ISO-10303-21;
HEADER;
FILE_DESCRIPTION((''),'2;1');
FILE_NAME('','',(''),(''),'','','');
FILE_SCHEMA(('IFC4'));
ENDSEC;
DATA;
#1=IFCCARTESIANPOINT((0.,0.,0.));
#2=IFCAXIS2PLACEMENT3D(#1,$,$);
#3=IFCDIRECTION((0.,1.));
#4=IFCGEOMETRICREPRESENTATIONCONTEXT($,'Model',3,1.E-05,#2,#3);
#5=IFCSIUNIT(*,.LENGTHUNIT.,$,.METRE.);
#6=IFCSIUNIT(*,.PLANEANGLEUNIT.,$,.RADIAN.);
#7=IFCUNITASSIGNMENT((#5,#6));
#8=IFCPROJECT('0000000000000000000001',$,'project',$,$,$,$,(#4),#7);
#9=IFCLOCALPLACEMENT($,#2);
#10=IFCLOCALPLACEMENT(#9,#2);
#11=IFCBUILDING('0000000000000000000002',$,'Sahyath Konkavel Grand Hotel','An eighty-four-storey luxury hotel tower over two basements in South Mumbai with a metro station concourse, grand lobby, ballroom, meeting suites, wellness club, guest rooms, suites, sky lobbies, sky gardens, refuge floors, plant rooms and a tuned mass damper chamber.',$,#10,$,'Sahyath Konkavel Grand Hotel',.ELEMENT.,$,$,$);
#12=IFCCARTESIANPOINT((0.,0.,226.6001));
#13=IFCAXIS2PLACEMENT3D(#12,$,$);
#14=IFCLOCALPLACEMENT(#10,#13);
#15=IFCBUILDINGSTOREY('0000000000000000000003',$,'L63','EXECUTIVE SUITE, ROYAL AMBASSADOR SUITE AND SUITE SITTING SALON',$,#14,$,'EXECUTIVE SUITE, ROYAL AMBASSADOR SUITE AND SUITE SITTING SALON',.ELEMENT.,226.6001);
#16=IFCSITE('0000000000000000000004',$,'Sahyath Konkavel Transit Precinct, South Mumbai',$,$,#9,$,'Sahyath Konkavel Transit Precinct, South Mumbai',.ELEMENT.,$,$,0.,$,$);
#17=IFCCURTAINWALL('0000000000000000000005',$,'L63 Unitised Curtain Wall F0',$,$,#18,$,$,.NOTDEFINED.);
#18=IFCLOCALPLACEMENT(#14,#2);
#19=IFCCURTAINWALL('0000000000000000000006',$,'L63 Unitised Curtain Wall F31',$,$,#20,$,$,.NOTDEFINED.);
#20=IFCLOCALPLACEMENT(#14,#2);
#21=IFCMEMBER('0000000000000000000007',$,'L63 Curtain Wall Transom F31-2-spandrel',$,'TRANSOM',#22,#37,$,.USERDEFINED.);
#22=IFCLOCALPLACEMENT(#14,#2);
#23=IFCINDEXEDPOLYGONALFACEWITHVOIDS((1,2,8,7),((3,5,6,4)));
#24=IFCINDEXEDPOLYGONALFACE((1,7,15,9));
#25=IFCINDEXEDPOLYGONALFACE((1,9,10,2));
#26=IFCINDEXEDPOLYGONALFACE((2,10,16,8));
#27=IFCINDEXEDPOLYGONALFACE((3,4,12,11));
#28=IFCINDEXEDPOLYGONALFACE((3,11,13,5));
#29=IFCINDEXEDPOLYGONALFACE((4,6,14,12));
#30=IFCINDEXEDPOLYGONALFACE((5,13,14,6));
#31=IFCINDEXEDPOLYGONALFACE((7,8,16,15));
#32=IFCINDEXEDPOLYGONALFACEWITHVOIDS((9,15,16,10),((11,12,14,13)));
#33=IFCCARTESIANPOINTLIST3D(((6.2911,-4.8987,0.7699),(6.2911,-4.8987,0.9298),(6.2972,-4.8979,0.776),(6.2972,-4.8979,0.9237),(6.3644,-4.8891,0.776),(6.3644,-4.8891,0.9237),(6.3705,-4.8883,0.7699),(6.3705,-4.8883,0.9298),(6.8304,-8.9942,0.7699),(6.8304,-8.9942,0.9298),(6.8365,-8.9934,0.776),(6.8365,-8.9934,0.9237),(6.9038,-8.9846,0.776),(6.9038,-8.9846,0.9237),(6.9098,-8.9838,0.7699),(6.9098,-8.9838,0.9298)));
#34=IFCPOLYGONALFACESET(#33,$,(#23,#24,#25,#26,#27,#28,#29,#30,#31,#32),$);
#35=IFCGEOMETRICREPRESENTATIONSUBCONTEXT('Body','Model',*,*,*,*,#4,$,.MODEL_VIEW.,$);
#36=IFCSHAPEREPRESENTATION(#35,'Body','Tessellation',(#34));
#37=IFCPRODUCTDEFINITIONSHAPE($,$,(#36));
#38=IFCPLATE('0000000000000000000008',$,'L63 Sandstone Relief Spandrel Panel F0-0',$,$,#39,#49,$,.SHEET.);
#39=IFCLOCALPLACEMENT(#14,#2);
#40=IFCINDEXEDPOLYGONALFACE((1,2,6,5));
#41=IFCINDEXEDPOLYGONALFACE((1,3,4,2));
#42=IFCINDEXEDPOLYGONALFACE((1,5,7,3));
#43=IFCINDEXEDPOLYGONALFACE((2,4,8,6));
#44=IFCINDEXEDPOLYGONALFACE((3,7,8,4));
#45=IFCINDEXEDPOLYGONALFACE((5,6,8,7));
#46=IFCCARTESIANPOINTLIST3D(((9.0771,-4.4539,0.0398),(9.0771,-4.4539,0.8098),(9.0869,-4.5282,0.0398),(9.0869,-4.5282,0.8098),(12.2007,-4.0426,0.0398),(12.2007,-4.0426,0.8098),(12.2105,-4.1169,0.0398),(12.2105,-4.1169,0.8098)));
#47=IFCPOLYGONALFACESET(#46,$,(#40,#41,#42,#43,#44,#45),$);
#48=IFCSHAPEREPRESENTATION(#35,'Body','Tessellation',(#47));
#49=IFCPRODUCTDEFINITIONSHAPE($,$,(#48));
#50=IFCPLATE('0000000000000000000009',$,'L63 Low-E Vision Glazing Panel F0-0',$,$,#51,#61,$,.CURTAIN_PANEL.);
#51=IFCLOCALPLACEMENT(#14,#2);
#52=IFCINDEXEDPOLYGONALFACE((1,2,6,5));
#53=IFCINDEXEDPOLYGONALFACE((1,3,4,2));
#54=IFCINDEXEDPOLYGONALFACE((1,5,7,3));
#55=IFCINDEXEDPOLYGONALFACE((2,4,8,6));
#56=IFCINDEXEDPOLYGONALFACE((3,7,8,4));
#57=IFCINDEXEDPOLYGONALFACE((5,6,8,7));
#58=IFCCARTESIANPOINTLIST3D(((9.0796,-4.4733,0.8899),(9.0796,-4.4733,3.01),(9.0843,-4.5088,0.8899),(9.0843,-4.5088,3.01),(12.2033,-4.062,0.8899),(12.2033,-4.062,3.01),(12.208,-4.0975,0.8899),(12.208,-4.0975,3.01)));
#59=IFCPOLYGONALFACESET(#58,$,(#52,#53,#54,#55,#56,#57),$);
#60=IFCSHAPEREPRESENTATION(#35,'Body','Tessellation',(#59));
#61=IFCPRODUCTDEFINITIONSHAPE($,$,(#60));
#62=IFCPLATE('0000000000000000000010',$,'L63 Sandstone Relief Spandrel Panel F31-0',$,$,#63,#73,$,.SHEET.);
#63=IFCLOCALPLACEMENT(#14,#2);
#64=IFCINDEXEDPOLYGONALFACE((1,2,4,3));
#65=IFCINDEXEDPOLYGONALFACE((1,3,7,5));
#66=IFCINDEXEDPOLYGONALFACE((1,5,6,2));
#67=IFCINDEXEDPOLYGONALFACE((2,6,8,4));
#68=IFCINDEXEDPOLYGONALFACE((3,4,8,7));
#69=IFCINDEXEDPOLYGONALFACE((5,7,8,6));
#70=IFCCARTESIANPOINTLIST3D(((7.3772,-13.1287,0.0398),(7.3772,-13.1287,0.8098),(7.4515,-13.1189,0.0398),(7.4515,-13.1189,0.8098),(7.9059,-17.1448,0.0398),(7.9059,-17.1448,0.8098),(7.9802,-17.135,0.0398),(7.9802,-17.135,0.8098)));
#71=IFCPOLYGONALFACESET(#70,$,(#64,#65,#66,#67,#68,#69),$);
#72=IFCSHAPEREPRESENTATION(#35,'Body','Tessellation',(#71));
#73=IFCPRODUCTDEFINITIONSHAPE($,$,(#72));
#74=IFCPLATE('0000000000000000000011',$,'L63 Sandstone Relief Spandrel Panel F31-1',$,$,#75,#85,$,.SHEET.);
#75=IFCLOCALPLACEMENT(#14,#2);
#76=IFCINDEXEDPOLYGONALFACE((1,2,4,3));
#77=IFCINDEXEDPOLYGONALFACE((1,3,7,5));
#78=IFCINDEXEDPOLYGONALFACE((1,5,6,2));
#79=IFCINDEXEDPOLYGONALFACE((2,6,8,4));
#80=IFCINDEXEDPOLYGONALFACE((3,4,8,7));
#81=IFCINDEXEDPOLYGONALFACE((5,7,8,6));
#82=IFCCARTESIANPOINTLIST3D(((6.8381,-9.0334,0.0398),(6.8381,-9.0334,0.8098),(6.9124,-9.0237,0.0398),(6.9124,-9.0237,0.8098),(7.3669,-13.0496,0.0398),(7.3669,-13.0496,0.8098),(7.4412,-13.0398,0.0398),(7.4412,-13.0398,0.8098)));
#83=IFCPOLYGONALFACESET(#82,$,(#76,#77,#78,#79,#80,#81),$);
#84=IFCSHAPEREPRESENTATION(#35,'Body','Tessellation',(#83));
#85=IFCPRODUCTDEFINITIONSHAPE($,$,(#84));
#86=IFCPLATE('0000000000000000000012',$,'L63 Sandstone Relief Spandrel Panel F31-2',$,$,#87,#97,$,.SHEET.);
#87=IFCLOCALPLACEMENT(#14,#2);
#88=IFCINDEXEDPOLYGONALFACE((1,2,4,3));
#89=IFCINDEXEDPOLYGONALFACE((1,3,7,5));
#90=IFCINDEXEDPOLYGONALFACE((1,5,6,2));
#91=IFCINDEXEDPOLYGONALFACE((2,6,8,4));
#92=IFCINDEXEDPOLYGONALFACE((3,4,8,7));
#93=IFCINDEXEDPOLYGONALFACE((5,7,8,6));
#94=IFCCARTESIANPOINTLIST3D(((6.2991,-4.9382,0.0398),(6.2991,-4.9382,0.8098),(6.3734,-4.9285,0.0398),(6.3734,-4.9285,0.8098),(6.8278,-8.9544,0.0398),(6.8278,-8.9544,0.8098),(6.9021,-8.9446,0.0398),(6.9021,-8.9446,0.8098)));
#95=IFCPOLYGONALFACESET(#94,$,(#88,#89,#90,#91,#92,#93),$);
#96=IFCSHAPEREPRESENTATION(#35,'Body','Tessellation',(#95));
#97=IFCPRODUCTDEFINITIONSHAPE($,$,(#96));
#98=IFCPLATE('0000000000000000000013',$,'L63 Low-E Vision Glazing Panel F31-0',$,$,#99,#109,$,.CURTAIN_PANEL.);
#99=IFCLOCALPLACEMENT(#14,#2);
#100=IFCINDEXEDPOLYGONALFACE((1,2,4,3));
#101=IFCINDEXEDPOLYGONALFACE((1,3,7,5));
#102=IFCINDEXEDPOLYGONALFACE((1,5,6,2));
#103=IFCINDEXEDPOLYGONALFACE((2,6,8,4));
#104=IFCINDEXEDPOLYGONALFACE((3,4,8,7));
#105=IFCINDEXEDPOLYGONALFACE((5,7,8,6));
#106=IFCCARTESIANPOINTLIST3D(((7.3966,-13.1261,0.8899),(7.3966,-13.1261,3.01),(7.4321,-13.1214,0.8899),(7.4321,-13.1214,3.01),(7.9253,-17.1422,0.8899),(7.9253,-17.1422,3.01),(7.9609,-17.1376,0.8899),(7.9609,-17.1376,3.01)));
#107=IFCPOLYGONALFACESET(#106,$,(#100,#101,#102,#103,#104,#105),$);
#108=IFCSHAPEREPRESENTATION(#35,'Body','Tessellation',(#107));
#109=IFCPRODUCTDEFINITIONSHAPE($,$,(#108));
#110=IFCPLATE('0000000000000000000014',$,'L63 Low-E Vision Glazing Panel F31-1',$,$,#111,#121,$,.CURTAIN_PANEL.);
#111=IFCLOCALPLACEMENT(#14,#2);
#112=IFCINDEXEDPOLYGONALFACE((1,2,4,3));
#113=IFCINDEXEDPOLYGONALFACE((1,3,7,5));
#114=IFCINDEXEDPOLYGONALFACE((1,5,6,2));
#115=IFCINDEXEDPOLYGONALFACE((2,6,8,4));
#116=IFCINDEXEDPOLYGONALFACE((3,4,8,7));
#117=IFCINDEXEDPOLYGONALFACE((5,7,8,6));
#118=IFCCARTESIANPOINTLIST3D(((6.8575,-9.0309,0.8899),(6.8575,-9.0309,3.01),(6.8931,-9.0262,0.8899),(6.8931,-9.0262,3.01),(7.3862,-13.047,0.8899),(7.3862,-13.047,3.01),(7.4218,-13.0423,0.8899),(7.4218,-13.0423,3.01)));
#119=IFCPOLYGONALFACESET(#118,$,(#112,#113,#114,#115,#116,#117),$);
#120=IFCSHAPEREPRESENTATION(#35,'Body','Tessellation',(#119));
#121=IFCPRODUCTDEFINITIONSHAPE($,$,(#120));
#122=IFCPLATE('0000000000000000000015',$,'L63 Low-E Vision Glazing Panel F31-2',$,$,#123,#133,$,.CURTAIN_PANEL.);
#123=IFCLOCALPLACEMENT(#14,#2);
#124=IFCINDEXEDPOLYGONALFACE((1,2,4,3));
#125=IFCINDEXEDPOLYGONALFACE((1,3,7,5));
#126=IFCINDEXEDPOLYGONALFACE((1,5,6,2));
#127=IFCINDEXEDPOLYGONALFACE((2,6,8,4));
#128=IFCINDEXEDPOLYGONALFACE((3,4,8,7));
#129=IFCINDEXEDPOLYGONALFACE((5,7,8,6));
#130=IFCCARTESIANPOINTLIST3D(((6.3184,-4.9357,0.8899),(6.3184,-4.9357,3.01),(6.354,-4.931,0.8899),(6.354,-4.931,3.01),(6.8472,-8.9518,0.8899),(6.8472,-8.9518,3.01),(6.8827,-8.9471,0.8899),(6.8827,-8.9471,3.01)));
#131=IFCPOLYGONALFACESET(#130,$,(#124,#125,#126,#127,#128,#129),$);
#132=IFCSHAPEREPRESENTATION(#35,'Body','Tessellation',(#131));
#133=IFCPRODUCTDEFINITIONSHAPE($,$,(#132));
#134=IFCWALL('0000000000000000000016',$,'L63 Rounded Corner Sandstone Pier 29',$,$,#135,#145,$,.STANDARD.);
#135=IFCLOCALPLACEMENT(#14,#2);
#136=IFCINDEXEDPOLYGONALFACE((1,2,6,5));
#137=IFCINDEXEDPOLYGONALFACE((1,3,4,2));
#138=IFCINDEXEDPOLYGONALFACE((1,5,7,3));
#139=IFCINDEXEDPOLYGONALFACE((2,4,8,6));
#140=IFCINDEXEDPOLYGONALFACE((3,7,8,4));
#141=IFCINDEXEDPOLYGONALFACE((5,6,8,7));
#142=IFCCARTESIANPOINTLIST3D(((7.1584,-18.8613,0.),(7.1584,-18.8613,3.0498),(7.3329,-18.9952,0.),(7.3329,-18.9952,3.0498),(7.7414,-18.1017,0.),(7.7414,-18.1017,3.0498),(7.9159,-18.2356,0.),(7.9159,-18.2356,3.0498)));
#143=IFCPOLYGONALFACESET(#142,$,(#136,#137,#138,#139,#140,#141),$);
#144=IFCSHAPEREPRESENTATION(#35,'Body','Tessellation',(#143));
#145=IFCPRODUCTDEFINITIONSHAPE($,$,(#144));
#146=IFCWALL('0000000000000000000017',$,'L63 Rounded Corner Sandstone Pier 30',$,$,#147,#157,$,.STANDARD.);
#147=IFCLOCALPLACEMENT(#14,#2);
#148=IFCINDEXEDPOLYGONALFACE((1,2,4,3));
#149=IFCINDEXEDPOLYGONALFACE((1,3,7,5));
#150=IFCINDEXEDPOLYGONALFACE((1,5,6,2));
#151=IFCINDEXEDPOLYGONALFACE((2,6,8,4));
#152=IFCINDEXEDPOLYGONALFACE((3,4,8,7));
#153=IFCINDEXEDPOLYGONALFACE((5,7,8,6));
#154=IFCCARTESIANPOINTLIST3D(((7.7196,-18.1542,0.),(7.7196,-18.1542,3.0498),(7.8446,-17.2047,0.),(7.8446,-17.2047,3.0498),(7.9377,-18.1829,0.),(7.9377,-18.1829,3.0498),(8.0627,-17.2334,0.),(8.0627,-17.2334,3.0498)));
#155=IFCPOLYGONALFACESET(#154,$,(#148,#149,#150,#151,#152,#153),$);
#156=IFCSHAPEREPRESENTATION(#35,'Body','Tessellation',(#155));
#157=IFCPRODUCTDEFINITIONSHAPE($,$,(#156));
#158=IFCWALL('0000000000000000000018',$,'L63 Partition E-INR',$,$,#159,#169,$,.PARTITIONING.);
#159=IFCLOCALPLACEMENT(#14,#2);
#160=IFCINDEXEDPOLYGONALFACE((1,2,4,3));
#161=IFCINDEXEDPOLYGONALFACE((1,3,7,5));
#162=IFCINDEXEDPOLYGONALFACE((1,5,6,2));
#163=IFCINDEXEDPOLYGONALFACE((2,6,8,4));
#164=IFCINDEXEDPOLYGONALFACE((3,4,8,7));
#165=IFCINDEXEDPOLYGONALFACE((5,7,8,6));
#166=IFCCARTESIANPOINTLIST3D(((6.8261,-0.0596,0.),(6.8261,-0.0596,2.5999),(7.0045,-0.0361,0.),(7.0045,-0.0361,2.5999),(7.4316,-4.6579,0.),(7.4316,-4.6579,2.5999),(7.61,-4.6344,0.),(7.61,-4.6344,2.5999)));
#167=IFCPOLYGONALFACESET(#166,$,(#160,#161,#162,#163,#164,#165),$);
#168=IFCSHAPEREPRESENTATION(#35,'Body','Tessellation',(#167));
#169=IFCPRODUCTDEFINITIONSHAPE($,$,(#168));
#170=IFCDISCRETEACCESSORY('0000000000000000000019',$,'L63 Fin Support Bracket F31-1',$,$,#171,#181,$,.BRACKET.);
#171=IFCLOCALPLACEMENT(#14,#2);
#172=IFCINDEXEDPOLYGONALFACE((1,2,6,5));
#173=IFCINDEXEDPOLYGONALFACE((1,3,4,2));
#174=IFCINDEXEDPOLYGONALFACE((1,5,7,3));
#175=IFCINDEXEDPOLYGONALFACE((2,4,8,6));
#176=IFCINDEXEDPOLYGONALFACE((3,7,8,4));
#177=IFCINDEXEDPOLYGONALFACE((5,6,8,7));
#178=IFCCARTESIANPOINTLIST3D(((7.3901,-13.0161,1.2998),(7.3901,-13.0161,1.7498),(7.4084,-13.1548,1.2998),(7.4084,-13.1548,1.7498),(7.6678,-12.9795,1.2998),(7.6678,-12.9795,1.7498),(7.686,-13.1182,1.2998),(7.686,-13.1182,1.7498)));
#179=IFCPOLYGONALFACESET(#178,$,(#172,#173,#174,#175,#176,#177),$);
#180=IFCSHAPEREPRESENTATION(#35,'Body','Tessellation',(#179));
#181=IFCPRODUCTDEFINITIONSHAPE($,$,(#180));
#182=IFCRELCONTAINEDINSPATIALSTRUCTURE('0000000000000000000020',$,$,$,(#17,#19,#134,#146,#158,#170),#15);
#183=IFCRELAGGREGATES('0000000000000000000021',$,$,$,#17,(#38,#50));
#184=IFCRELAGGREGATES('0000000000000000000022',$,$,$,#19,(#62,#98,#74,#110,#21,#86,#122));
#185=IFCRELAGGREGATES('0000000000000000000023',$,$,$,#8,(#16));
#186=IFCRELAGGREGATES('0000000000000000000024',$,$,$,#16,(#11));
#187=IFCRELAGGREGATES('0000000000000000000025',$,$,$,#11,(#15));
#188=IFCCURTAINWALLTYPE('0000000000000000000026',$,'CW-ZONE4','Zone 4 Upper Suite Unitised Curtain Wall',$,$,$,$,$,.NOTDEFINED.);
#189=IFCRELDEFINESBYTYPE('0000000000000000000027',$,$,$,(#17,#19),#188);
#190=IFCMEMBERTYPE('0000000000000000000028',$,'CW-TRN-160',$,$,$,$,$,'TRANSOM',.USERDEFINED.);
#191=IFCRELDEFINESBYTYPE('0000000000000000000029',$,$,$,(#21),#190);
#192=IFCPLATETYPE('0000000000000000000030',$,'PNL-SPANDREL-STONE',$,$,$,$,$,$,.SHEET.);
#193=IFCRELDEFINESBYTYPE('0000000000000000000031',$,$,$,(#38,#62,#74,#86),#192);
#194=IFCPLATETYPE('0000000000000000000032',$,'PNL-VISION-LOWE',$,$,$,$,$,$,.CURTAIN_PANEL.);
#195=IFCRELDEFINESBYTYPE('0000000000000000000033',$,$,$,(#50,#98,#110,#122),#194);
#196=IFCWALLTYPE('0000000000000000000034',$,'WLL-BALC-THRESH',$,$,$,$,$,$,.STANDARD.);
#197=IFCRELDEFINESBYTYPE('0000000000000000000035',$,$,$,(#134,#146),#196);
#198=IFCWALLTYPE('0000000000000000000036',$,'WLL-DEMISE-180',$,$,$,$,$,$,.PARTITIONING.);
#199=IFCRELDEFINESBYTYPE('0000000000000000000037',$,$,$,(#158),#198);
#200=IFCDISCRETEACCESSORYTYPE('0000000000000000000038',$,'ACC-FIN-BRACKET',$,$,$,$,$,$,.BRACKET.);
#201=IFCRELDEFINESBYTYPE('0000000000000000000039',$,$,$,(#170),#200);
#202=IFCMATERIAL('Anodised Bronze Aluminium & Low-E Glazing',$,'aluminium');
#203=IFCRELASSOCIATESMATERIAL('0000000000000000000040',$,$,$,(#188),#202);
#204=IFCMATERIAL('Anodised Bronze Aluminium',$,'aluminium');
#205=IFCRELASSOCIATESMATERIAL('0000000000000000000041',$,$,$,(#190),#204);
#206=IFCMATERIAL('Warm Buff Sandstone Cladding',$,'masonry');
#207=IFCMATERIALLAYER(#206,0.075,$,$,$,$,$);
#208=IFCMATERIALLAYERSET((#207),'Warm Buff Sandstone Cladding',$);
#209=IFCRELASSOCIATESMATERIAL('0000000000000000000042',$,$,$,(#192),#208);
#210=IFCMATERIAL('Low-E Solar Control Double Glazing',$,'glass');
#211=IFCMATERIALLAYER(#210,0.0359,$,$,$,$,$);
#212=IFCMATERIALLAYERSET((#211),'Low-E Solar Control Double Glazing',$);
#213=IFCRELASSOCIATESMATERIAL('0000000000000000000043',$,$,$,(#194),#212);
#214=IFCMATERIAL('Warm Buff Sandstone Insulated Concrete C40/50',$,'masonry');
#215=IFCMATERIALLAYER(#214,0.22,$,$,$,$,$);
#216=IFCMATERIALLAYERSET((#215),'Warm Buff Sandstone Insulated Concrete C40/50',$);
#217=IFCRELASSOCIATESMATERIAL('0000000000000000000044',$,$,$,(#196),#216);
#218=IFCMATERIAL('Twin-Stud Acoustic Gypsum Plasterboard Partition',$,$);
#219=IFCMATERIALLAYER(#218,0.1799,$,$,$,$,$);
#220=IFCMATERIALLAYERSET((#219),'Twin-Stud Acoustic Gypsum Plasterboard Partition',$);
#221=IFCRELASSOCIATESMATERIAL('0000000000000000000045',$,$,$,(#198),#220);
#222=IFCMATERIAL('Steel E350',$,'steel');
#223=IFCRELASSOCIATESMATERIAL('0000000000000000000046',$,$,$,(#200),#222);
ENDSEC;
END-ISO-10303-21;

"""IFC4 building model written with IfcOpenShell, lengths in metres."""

from ifc_helpers import new_model, si_unit, direction, frame, frame_2d, origin, origin_2d, place, context, subcontext, project, spatial, rectangle, hollow_rectangle, extrude, source, transform, mapped, material, layer, layer_set, material_profile, profile_set, type_object, element, aggregate, save


model = new_model("IFC4")

# Units and contexts
model_context = context("Model", 3, precision=1e-05, world=origin(), true_north=direction((0.0, 1.0)))
body_context = subcontext(model_context, "Body", "Model", "MODEL_VIEW")
ifc_project = project(units=[si_unit("LENGTHUNIT", "METRE"), si_unit("PLANEANGLEUNIT", "RADIAN")], contexts=[model_context])

# Site, building, storey
site_placement = place(None, origin())
site = spatial("IfcSite", under=ifc_project, at=site_placement, Name="Sahyath Konkavel Transit Precinct, South Mumbai", LongName="Sahyath Konkavel Transit Precinct, South Mumbai", CompositionType="ELEMENT", RefElevation=0.0)
building_placement = place(site_placement, origin())
building = spatial("IfcBuilding", under=site, at=building_placement, Name="Sahyath Konkavel Grand Hotel", Description="An eighty-four-storey luxury hotel tower over two basements in South Mumbai with a metro station concourse, grand lobby, ballroom, meeting suites, wellness club, guest rooms, suites, sky lobbies, sky gardens, refuge floors, plant rooms and a tuned mass damper chamber.", LongName="Sahyath Konkavel Grand Hotel", CompositionType="ELEMENT")
storey_placement = place(building_placement, frame((0.0, 0.0, 226.6001)))
storey = spatial("IfcBuildingStorey", under=building, at=storey_placement, Name="L63", Description="EXECUTIVE SUITE, ROYAL AMBASSADOR SUITE AND SUITE SITTING SALON", LongName="EXECUTIVE SUITE, ROYAL AMBASSADOR SUITE AND SUITE SITTING SALON", CompositionType="ELEMENT", Elevation=226.6001)

# Curtain wall
ifc_material_1 = material(Name="Anodised Bronze Aluminium & Low-E Glazing", Category="aluminium")
curtain_wall_type = type_object("IfcCurtainWallType", Name="CW-ZONE4", Description="Zone 4 Upper Suite Unitised Curtain Wall", PredefinedType="NOTDEFINED", material=ifc_material_1)
curtain_wall_1_placement = place(storey_placement, origin())
curtain_wall_1 = element("IfcCurtainWall", 1, at=curtain_wall_1_placement, inside=storey, type_object=curtain_wall_type, Name="L63 Unitised Curtain Wall F0", PredefinedType="NOTDEFINED")
ifc_material_2 = material(Name="Anodised Bronze Aluminium", Category="aluminium")

# Curtain wall
curtain_wall_2_placement = place(storey_placement, origin())
curtain_wall_2 = element("IfcCurtainWall", 2, at=curtain_wall_2_placement, inside=storey, type_object=curtain_wall_type, Name="L63 Unitised Curtain Wall F31", PredefinedType="NOTDEFINED")

# Member
ifc_material_profile_1 = material_profile(ifc_material_2, hollow_rectangle(XDim=0.0801, YDim=0.1599, WallThickness=0.0061, at=origin_2d()), Name="RHS 160x80x6")
ifc_profile_set_1 = profile_set([ifc_material_profile_1], Name="Anodised Bronze Aluminium")
member_type_1 = type_object("IfcMemberType", Name="CW-TRN-160", ElementType="TRANSOM", PredefinedType="USERDEFINED", material=ifc_profile_set_1)
shared_shape_1 = source(origin(), body_context, "Body", "SweptSolid", [
    extrude(hollow_rectangle(XDim=0.0801, YDim=0.1599, WallThickness=0.0061, at=origin_2d()), origin(), (0.0, 0.0, 1.0), 4.1309),
])
member_1_placement = place(storey_placement, frame((6.8701, -8.989, 0.8499), z_axis=(-0.130557, 0.991441, 0.0), x_axis=(-0.991441, -0.130557, 0.0)))
member_1 = element("IfcMember", 3, at=member_1_placement, type_object=member_type_1, Name="L63 Curtain Wall Transom F31-2-spandrel", ObjectType="TRANSOM", PredefinedType="USERDEFINED", context=body_context, shape_type="MappedRepresentation", body=[
    mapped(shared_shape_1, transform((0.0, 0.0, 0.0), scale=1.0)),
])

# Plates
ifc_material_3 = material(Name="Warm Buff Sandstone Cladding", Category="masonry")
ifc_layer_1 = layer(ifc_material_3, 0.075)
ifc_layer_set_1 = layer_set([ifc_layer_1], Name="Warm Buff Sandstone Cladding")
plate_type_1 = type_object("IfcPlateType", Name="PNL-SPANDREL-STONE", PredefinedType="SHEET", material=ifc_layer_set_1)
shared_shape_2 = source(origin(), body_context, "Body", "SweptSolid", [
    extrude(rectangle(XDim=3.1506, YDim=0.075, at=origin_2d()), origin(), (0.0, 0.0, 1.0), 0.77),
])
plate_1_placement = place(storey_placement, frame((10.6438, -4.2854, 0.0398), z_axis=(0.0, 0.0, 1.0), x_axis=(0.991443, 0.130543, 0.0)))
plate_1 = element("IfcPlate", 4, at=plate_1_placement, type_object=plate_type_1, Name="L63 Sandstone Relief Spandrel Panel F0-0", PredefinedType="SHEET", context=body_context, shape_type="MappedRepresentation", body=[
    mapped(shared_shape_2, transform((0.0, 0.0, 0.0), scale=1.0)),
])
ifc_material_4 = material(Name="Low-E Solar Control Double Glazing", Category="glass")
ifc_layer_2 = layer(ifc_material_4, 0.0359)
ifc_layer_set_2 = layer_set([ifc_layer_2], Name="Low-E Solar Control Double Glazing")
plate_type_2 = type_object("IfcPlateType", Name="PNL-VISION-LOWE", PredefinedType="CURTAIN_PANEL", material=ifc_layer_set_2)
shared_shape_3 = source(origin(), body_context, "Body", "SweptSolid", [
    extrude(rectangle(XDim=3.1506, YDim=0.0359, at=origin_2d()), origin(), (0.0, 0.0, 1.0), 2.1201),
])
plate_2_placement = place(storey_placement, frame((10.6438, -4.2854, 0.8899), z_axis=(0.0, 0.0, 1.0), x_axis=(0.991443, 0.130543, 0.0)))
plate_2 = element("IfcPlate", 5, at=plate_2_placement, type_object=plate_type_2, Name="L63 Low-E Vision Glazing Panel F0-0", PredefinedType="CURTAIN_PANEL", context=body_context, shape_type="MappedRepresentation", body=[
    mapped(shared_shape_3, transform((0.0, 0.0, 0.0), scale=1.0)),
])
aggregate(curtain_wall_1, [plate_1, plate_2])
shared_shape_4 = source(origin(), body_context, "Body", "SweptSolid", [
    extrude(rectangle(XDim=4.0508, YDim=0.075, at=origin_2d()), origin(), (0.0, 0.0, 1.0), 0.77),
])
plate_3_placement = place(storey_placement, frame((7.6787, -15.1318, 0.0398), z_axis=(0.0, 0.0, 1.0), x_axis=(-0.130526, 0.991445, 0.0)))
plate_3 = element("IfcPlate", 6, at=plate_3_placement, type_object=plate_type_1, Name="L63 Sandstone Relief Spandrel Panel F31-0", PredefinedType="SHEET", context=body_context, shape_type="MappedRepresentation", body=[
    mapped(shared_shape_4, transform((0.0, 0.0, 0.0), scale=1.0)),
])
plate_4_placement = place(storey_placement, frame((7.1396, -11.0366, 0.0398), z_axis=(0.0, 0.0, 1.0), x_axis=(-0.130526, 0.991445, 0.0)))
plate_4 = element("IfcPlate", 7, at=plate_4_placement, type_object=plate_type_1, Name="L63 Sandstone Relief Spandrel Panel F31-1", PredefinedType="SHEET", context=body_context, shape_type="MappedRepresentation", body=[
    mapped(shared_shape_4, transform((0.0, 0.0, 0.0), scale=1.0)),
])
plate_5_placement = place(storey_placement, frame((6.6006, -6.9414, 0.0398), z_axis=(0.0, 0.0, 1.0), x_axis=(-0.130526, 0.991445, 0.0)))
plate_5 = element("IfcPlate", 8, at=plate_5_placement, type_object=plate_type_1, Name="L63 Sandstone Relief Spandrel Panel F31-2", PredefinedType="SHEET", context=body_context, shape_type="MappedRepresentation", body=[
    mapped(shared_shape_4, transform((0.0, 0.0, 0.0), scale=1.0)),
])
shared_shape_5 = source(origin(), body_context, "Body", "SweptSolid", [
    extrude(rectangle(XDim=4.0508, YDim=0.0359, at=origin_2d()), origin(), (0.0, 0.0, 1.0), 2.1201),
])
plate_6_placement = place(storey_placement, frame((7.6787, -15.1318, 0.8899), z_axis=(0.0, 0.0, 1.0), x_axis=(-0.130526, 0.991445, 0.0)))
plate_6 = element("IfcPlate", 9, at=plate_6_placement, type_object=plate_type_2, Name="L63 Low-E Vision Glazing Panel F31-0", PredefinedType="CURTAIN_PANEL", context=body_context, shape_type="MappedRepresentation", body=[
    mapped(shared_shape_5, transform((0.0, 0.0, 0.0), scale=1.0)),
])
plate_7_placement = place(storey_placement, frame((7.1396, -11.0366, 0.8899), z_axis=(0.0, 0.0, 1.0), x_axis=(-0.130526, 0.991445, 0.0)))
plate_7 = element("IfcPlate", 10, at=plate_7_placement, type_object=plate_type_2, Name="L63 Low-E Vision Glazing Panel F31-1", PredefinedType="CURTAIN_PANEL", context=body_context, shape_type="MappedRepresentation", body=[
    mapped(shared_shape_5, transform((0.0, 0.0, 0.0), scale=1.0)),
])
plate_8_placement = place(storey_placement, frame((6.6006, -6.9414, 0.8899), z_axis=(0.0, 0.0, 1.0), x_axis=(-0.130526, 0.991445, 0.0)))
plate_8 = element("IfcPlate", 11, at=plate_8_placement, type_object=plate_type_2, Name="L63 Low-E Vision Glazing Panel F31-2", PredefinedType="CURTAIN_PANEL", context=body_context, shape_type="MappedRepresentation", body=[
    mapped(shared_shape_5, transform((0.0, 0.0, 0.0), scale=1.0)),
])
aggregate(curtain_wall_2, [plate_3, plate_6, plate_4, plate_7, member_1, plate_5, plate_8])

# Walls
ifc_material_5 = material(Name="Warm Buff Sandstone Insulated Concrete C40/50", Category="masonry")
ifc_layer_3 = layer(ifc_material_5, 0.22)
ifc_layer_set_3 = layer_set([ifc_layer_3], Name="Warm Buff Sandstone Insulated Concrete C40/50")
wall_type_1 = type_object("IfcWallType", Name="WLL-BALC-THRESH", PredefinedType="STANDARD", material=ifc_layer_set_3)
wall_1_placement = place(storey_placement, frame((7.2456, -18.9282, 0.0), z_axis=(0.0, 0.0, 1.0), x_axis=(0.608897, 0.793249, 0.0)))
element("IfcWall", 12, at=wall_1_placement, inside=storey, type_object=wall_type_1, Name="L63 Rounded Corner Sandstone Pier 29", PredefinedType="STANDARD", context=body_context, shape_type="SweptSolid", body=[
    extrude(rectangle(XDim=0.9575, YDim=0.22, at=frame_2d((0.4788, 0.0))), origin(), (0.0, 0.0, 1.0), 3.0498),
])
wall_2_placement = place(storey_placement, frame((7.8286, -18.1687, 0.0), z_axis=(0.0, 0.0, 1.0), x_axis=(0.130527, 0.991445, 0.0)))
element("IfcWall", 13, at=wall_2_placement, inside=storey, type_object=wall_type_1, Name="L63 Rounded Corner Sandstone Pier 30", PredefinedType="STANDARD", context=body_context, shape_type="SweptSolid", body=[
    extrude(rectangle(XDim=0.9578, YDim=0.22, at=frame_2d((0.479, 0.0))), origin(), (0.0, 0.0, 1.0), 3.0498),
])
ifc_material_6 = material(Name="Twin-Stud Acoustic Gypsum Plasterboard Partition")
ifc_layer_4 = layer(ifc_material_6, 0.1799)
ifc_layer_set_4 = layer_set([ifc_layer_4], Name="Twin-Stud Acoustic Gypsum Plasterboard Partition")
wall_type_2 = type_object("IfcWallType", Name="WLL-DEMISE-180", PredefinedType="PARTITIONING", material=ifc_layer_set_4)
wall_3_placement = place(storey_placement, frame((7.5208, -4.646, 0.0), z_axis=(0.0, 0.0, 1.0), x_axis=(-0.13055, 0.991442, 0.0)))
element("IfcWall", 14, at=wall_3_placement, inside=storey, type_object=wall_type_2, Name="L63 Partition E-INR", PredefinedType="PARTITIONING", context=body_context, shape_type="SweptSolid", body=[
    extrude(rectangle(XDim=4.6379, YDim=0.1799, at=frame_2d((2.3188, 0.0))), origin(), (0.0, 0.0, 1.0), 2.5999),
])

# Discrete accessory
ifc_material_7 = material(Name="Steel E350", Category="steel")
discrete_accessory_type = type_object("IfcDiscreteAccessoryType", Name="ACC-FIN-BRACKET", PredefinedType="BRACKET", material=ifc_material_7)
shared_shape_6 = source(origin(), body_context, "Body", "SweptSolid", [
    extrude(rectangle(XDim=0.28, YDim=0.1399, at=origin_2d()), origin(), (0.0, 0.0, 1.0), 0.45),
])
discrete_accessory_placement = place(storey_placement, frame((7.5381, -13.0671, 1.2998), z_axis=(0.0, 0.0, 1.0), x_axis=(0.991445, 0.130526, 0.0)))
element("IfcDiscreteAccessory", 15, at=discrete_accessory_placement, inside=storey, type_object=discrete_accessory_type, Name="L63 Fin Support Bracket F31-1", PredefinedType="BRACKET", context=body_context, shape_type="MappedRepresentation", body=[
    mapped(shared_shape_6, transform((0.0, 0.0, 0.0), scale=1.0)),
])

save(model, "model.ifc")
